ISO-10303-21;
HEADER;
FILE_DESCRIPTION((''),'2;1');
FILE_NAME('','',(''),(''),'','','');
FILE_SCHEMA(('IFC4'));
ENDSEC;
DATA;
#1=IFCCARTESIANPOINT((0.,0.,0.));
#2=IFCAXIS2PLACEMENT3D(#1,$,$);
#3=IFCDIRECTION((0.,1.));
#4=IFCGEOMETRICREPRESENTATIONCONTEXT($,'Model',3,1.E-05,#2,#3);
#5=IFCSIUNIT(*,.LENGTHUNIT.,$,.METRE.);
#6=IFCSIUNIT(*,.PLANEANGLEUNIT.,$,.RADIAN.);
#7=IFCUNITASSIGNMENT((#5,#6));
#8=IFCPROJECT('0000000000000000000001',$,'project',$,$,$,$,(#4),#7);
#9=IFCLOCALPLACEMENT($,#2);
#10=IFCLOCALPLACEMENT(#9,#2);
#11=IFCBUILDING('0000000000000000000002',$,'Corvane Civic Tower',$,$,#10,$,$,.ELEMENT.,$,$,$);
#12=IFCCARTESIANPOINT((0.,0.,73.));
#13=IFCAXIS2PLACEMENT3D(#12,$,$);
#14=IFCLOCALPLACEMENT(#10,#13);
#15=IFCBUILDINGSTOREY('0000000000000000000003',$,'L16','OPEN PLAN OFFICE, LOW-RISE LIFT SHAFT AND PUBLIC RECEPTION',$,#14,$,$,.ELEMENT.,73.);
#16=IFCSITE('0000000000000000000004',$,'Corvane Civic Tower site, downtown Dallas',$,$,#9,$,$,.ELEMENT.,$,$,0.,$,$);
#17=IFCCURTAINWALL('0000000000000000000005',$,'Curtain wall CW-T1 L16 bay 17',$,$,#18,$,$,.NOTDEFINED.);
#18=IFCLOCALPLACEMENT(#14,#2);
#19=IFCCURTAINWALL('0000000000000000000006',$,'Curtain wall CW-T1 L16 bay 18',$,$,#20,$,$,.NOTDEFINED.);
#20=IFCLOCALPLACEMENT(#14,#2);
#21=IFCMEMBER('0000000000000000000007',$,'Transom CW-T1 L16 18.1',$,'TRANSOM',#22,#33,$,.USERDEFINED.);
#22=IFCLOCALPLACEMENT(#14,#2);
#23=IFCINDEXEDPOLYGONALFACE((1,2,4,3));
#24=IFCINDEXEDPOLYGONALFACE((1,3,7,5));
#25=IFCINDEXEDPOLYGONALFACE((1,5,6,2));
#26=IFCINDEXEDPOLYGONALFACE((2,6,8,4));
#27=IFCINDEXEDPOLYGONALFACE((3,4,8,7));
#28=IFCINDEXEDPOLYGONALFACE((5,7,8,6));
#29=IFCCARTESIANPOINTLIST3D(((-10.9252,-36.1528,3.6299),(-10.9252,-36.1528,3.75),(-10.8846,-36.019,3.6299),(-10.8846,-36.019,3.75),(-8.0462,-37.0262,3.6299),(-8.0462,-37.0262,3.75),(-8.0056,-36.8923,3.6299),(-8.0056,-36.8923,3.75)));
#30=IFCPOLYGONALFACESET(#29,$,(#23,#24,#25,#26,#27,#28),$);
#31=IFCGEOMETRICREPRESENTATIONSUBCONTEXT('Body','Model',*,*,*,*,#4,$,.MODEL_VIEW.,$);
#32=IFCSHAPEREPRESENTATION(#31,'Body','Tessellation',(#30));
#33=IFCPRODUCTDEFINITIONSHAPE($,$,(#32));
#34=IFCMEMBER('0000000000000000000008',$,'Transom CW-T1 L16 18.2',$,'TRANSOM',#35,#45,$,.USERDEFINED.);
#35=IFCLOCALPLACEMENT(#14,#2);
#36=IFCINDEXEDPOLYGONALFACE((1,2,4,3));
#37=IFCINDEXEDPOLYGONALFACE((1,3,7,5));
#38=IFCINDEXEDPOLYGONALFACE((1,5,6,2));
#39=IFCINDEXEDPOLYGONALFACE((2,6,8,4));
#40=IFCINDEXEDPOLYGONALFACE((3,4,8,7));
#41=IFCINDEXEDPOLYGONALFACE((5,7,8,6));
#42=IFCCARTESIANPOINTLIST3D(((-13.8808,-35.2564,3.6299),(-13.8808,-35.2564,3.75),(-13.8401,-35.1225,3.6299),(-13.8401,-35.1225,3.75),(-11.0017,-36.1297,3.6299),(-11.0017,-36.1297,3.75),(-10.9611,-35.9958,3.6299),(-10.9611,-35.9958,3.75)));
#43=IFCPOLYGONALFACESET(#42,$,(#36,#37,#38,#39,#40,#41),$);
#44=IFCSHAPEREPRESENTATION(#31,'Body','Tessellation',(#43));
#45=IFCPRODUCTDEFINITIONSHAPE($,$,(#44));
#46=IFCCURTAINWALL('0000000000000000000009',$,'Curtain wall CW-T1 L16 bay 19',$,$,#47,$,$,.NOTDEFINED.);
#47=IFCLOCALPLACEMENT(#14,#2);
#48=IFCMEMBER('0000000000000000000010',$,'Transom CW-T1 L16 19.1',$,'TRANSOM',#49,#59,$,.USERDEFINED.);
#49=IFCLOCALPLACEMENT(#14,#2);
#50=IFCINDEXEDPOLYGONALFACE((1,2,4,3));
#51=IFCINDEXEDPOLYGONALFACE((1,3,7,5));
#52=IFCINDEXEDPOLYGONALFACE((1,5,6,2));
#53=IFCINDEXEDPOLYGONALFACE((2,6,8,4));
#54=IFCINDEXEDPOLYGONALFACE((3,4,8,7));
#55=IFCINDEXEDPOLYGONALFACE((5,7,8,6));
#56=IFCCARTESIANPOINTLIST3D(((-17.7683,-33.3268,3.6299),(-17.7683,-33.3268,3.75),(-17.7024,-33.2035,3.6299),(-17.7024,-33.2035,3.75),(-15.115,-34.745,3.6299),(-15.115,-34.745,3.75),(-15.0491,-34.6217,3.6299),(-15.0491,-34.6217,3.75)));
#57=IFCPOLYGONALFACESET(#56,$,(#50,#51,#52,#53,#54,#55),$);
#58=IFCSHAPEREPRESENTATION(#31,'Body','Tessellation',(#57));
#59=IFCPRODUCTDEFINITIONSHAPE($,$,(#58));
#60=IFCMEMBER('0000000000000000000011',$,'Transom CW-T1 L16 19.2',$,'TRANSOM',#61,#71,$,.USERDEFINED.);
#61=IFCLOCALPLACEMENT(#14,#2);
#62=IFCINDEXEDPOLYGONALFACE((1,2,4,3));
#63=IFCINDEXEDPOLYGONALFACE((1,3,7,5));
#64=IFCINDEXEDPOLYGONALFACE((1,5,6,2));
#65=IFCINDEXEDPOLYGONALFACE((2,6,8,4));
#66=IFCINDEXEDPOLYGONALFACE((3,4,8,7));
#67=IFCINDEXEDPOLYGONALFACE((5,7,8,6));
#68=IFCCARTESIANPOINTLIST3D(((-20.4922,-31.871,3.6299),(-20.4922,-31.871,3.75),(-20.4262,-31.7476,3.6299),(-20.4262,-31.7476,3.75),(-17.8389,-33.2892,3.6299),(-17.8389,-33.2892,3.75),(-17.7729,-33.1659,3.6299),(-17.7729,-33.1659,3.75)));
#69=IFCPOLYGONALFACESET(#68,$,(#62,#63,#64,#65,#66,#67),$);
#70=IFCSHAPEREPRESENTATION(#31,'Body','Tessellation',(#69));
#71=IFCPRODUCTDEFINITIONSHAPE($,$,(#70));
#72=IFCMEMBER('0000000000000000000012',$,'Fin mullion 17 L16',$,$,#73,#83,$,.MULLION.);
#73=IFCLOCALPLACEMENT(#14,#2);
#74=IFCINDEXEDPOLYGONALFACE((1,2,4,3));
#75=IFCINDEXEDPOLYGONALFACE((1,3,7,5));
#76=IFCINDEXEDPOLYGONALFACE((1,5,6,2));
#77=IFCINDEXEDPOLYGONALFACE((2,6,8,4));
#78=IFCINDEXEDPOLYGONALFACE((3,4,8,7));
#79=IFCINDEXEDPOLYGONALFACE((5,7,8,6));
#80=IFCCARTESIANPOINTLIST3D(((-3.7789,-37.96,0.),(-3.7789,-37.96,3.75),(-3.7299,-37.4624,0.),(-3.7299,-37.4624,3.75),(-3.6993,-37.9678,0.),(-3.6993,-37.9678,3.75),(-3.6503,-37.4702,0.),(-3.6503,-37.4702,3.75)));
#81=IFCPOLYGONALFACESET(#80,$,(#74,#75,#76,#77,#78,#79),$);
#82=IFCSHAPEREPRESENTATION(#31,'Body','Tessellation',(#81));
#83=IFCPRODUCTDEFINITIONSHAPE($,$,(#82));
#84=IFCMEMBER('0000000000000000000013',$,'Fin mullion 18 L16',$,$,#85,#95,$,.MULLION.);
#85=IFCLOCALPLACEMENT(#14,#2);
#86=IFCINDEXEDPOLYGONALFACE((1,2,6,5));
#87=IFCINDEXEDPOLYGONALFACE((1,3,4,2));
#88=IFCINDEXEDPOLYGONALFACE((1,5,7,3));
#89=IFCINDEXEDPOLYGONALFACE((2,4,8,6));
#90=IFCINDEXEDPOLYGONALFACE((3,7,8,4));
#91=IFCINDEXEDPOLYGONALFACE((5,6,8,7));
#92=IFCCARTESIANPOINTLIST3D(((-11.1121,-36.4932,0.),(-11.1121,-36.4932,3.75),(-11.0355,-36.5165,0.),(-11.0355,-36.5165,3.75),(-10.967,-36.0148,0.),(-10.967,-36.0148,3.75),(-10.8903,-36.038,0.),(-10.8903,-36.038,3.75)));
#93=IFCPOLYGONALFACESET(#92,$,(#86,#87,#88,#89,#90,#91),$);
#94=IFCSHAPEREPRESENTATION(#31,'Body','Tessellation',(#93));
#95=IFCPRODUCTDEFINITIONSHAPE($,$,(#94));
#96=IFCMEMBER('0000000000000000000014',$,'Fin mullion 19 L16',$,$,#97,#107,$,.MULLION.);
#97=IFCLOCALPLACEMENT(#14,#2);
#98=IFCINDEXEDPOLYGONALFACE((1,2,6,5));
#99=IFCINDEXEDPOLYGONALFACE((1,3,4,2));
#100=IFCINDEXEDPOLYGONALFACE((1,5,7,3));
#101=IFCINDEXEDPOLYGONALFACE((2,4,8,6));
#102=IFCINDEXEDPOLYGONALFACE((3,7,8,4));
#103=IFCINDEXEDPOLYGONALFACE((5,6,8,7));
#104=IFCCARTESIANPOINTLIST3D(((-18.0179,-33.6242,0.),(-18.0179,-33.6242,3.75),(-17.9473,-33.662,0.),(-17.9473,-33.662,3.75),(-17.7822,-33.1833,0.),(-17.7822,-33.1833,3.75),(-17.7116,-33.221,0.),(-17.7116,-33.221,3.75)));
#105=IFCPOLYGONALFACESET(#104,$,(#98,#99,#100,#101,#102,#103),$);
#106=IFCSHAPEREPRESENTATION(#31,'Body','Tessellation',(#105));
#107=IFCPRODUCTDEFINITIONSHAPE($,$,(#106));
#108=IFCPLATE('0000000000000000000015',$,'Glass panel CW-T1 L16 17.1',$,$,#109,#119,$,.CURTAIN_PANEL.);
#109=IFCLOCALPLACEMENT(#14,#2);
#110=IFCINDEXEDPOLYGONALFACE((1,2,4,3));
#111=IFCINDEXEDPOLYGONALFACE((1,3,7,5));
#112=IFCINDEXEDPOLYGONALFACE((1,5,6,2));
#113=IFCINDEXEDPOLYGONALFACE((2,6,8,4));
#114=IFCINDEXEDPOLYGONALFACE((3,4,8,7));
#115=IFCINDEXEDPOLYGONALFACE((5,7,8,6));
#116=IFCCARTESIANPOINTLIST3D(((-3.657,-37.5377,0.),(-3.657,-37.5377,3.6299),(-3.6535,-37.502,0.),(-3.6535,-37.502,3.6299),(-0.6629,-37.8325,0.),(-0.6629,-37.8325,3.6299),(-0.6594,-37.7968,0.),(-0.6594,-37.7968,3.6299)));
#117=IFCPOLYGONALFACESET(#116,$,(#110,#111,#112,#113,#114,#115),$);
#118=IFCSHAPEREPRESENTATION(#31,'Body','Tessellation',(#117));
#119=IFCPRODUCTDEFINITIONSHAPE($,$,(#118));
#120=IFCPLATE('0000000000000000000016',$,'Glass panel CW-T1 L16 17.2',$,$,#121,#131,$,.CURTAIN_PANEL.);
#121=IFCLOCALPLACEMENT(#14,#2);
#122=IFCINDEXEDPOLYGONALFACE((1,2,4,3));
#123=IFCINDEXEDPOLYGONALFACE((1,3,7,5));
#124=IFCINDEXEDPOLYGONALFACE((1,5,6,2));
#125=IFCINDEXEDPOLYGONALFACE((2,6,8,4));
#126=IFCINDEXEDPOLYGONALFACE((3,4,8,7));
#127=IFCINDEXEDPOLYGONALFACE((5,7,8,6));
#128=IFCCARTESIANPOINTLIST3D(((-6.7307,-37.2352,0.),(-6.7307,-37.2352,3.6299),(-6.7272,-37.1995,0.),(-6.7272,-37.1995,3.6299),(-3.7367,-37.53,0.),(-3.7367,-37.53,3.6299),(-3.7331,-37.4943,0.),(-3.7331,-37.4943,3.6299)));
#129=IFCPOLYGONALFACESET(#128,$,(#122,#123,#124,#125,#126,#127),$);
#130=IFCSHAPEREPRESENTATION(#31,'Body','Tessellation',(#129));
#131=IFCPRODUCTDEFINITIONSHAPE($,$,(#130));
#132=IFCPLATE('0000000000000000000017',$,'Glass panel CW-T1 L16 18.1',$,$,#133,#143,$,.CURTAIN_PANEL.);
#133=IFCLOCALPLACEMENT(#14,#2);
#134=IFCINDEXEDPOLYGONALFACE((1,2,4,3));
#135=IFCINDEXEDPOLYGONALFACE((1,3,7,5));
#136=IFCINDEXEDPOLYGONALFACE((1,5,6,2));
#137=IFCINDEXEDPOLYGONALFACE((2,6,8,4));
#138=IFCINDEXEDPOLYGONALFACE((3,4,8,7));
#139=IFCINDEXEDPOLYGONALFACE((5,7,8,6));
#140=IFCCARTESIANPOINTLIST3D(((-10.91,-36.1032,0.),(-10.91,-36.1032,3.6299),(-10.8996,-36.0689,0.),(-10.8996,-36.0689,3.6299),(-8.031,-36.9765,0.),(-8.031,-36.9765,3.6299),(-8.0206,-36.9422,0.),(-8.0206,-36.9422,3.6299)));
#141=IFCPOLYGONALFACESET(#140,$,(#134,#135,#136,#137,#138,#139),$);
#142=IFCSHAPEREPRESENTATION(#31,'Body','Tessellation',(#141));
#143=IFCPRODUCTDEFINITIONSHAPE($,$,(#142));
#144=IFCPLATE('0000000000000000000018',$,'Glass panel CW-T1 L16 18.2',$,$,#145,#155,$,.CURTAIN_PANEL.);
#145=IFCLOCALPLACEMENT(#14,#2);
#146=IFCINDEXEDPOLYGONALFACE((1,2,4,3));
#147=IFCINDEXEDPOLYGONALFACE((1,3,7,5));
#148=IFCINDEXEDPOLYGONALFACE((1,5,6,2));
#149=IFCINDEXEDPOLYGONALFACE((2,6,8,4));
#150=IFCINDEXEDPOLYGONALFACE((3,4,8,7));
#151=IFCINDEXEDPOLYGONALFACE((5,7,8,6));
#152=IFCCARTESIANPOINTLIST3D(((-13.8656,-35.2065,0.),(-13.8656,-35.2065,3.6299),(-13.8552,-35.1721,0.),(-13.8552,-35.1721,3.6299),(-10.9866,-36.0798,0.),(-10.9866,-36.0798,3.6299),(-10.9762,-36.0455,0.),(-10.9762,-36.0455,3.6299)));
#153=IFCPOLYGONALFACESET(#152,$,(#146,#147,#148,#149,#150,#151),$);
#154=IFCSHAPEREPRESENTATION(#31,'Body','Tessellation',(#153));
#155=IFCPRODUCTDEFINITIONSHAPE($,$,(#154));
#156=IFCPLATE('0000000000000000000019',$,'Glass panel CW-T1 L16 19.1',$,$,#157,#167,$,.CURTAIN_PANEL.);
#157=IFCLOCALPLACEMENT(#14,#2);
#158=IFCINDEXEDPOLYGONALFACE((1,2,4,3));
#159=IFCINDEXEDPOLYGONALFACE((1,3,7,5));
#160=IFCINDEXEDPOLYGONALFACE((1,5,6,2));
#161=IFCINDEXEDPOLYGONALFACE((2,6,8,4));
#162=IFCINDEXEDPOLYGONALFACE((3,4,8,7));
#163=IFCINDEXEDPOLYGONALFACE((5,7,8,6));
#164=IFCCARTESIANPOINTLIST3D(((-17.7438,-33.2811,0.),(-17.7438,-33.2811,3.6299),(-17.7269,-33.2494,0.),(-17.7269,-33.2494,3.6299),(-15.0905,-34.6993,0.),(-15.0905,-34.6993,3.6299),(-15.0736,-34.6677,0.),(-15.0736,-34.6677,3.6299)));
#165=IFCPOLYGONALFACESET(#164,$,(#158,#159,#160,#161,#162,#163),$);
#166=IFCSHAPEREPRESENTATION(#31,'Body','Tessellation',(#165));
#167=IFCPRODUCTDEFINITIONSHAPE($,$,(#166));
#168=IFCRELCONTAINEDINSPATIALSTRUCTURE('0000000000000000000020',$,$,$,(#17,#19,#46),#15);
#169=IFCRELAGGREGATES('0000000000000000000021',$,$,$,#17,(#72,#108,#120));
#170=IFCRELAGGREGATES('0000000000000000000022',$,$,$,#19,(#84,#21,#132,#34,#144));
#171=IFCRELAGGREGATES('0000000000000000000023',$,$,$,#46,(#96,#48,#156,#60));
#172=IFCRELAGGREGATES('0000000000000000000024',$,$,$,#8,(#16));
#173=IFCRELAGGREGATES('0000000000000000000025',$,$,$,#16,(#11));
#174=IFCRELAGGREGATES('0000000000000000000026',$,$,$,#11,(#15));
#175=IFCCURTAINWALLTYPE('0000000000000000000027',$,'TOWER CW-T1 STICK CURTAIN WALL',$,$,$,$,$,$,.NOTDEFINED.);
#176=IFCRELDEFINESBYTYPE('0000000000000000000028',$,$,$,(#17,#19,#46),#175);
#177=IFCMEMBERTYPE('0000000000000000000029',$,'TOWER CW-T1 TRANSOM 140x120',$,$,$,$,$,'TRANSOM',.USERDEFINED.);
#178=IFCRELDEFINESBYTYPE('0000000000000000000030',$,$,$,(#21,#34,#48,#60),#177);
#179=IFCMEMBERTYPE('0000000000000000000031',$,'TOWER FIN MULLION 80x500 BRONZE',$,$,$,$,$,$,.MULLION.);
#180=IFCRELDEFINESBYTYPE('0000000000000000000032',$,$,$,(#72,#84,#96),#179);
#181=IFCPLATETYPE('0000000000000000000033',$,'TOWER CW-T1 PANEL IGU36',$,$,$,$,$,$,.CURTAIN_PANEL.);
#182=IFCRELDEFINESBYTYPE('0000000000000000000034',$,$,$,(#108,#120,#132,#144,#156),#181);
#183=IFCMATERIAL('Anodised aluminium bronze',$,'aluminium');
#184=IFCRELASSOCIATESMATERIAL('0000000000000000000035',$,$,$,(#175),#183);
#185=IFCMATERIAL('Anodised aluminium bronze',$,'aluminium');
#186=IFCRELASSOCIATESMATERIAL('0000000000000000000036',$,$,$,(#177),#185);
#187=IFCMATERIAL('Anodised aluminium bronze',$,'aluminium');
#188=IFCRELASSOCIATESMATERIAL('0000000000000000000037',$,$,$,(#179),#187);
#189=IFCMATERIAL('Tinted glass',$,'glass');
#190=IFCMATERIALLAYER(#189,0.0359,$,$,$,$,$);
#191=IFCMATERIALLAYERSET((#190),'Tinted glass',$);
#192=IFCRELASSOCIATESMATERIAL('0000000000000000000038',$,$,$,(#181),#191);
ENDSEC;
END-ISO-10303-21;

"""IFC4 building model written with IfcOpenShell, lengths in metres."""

from ifc_helpers import new_model, si_unit, direction, frame, origin, origin_2d, place, context, subcontext, project, spatial, rectangle, extrude, material, layer, layer_set, material_profile, profile_set, type_object, element, aggregate, save


model = new_model("IFC4")

# Units and contexts
model_context = context("Model", 3, precision=1e-05, world=origin(), true_north=direction((0.0, 1.0)))
body_context = subcontext(model_context, "Body", "Model", "MODEL_VIEW")
ifc_project = project(units=[si_unit("LENGTHUNIT", "METRE"), si_unit("PLANEANGLEUNIT", "RADIAN")], contexts=[model_context])

# Site, building, storey
site_placement = place(None, origin())
site = spatial("IfcSite", under=ifc_project, at=site_placement, Name="Corvane Civic Tower site, downtown Dallas", CompositionType="ELEMENT", RefElevation=0.0)
building_placement = place(site_placement, origin())
building = spatial("IfcBuilding", under=site, at=building_placement, Name="Corvane Civic Tower", CompositionType="ELEMENT")
storey_placement = place(building_placement, frame((0.0, 0.0, 73.0)))
storey = spatial("IfcBuildingStorey", under=building, at=storey_placement, Name="L16", Description="OPEN PLAN OFFICE, LOW-RISE LIFT SHAFT AND PUBLIC RECEPTION", CompositionType="ELEMENT", Elevation=73.0)

# Curtain walls, members
ifc_material_1 = material(Name="Anodised aluminium bronze", Category="aluminium")
curtain_wall_type = type_object("IfcCurtainWallType", Name="TOWER CW-T1 STICK CURTAIN WALL", PredefinedType="NOTDEFINED", material=ifc_material_1)
curtain_wall_1_placement = place(storey_placement, origin())
curtain_wall_1 = element("IfcCurtainWall", 1, at=curtain_wall_1_placement, inside=storey, type_object=curtain_wall_type, Name="Curtain wall CW-T1 L16 bay 17", PredefinedType="NOTDEFINED")
ifc_material_2 = material(Name="Anodised aluminium bronze", Category="aluminium")
ifc_material_profile_1 = material_profile(ifc_material_2, rectangle(XDim=0.1399, YDim=0.1201, at=origin_2d()), Name="TOWER CW-T1 TRANSOM 140x120")
ifc_profile_set_1 = profile_set([ifc_material_profile_1], Name="Anodised aluminium bronze")
member_type_1 = type_object("IfcMemberType", Name="TOWER CW-T1 TRANSOM 140x120", ElementType="TRANSOM", PredefinedType="USERDEFINED", material=ifc_profile_set_1)
curtain_wall_2_placement = place(storey_placement, origin())
curtain_wall_2 = element("IfcCurtainWall", 2, at=curtain_wall_2_placement, inside=storey, type_object=curtain_wall_type, Name="Curtain wall CW-T1 L16 bay 18", PredefinedType="NOTDEFINED")
member_1_placement = place(storey_placement, frame((-8.0259, -36.9592, 3.6899), z_axis=(-0.956942, 0.29028, 0.0), x_axis=(-0.29028, -0.956942, 0.0)))
member_1 = element("IfcMember", 3, at=member_1_placement, type_object=member_type_1, Name="Transom CW-T1 L16 18.1", ObjectType="TRANSOM", PredefinedType="USERDEFINED", context=body_context, shape_type="SweptSolid", body=[
    extrude(rectangle(XDim=0.1399, YDim=0.1201, at=origin_2d()), origin(), (0.0, 0.0, 1.0), 3.0085),
])
member_2_placement = place(storey_placement, frame((-10.9814, -36.0627, 3.6899), z_axis=(-0.956942, 0.29028, 0.0), x_axis=(-0.29028, -0.956942, 0.0)))
member_2 = element("IfcMember", 4, at=member_2_placement, type_object=member_type_1, Name="Transom CW-T1 L16 18.2", ObjectType="TRANSOM", PredefinedType="USERDEFINED", context=body_context, shape_type="SweptSolid", body=[
    extrude(rectangle(XDim=0.1399, YDim=0.1201, at=origin_2d()), origin(), (0.0, 0.0, 1.0), 3.0085),
])
curtain_wall_3_placement = place(storey_placement, origin())
curtain_wall_3 = element("IfcCurtainWall", 5, at=curtain_wall_3_placement, inside=storey, type_object=curtain_wall_type, Name="Curtain wall CW-T1 L16 bay 19", PredefinedType="NOTDEFINED")
member_3_placement = place(storey_placement, frame((-15.082, -34.6833, 3.6899), z_axis=(-0.881924, 0.471393, 0.0), x_axis=(-0.471393, -0.881924, 0.0)))
member_3 = element("IfcMember", 6, at=member_3_placement, type_object=member_type_1, Name="Transom CW-T1 L16 19.1", ObjectType="TRANSOM", PredefinedType="USERDEFINED", context=body_context, shape_type="SweptSolid", body=[
    extrude(rectangle(XDim=0.1399, YDim=0.1201, at=origin_2d()), origin(), (0.0, 0.0, 1.0), 3.0085),
])
member_4_placement = place(storey_placement, frame((-17.8059, -33.2275, 3.6899), z_axis=(-0.881924, 0.471393, 0.0), x_axis=(-0.471393, -0.881924, 0.0)))
member_4 = element("IfcMember", 7, at=member_4_placement, type_object=member_type_1, Name="Transom CW-T1 L16 19.2", ObjectType="TRANSOM", PredefinedType="USERDEFINED", context=body_context, shape_type="SweptSolid", body=[
    extrude(rectangle(XDim=0.1399, YDim=0.1201, at=origin_2d()), origin(), (0.0, 0.0, 1.0), 3.0085),
])

# Members
ifc_material_3 = material(Name="Anodised aluminium bronze", Category="aluminium")
ifc_material_profile_2 = material_profile(ifc_material_3, rectangle(XDim=0.0801, YDim=0.5, at=origin_2d()), Name="TOWER FIN MULLION 80x500 BRONZE")
ifc_profile_set_2 = profile_set([ifc_material_profile_2], Name="Anodised aluminium bronze")
member_type_2 = type_object("IfcMemberType", Name="TOWER FIN MULLION 80x500 BRONZE", PredefinedType="MULLION", material=ifc_profile_set_2)
member_5_placement = place(storey_placement, frame((-3.7146, -37.7151, 0.0), z_axis=(0.0, 0.0, 1.0), x_axis=(-0.995186, 0.098006, 0.0)))
member_5 = element("IfcMember", 8, at=member_5_placement, type_object=member_type_2, Name="Fin mullion 17 L16", PredefinedType="MULLION", context=body_context, shape_type="SweptSolid", body=[
    extrude(rectangle(XDim=0.0801, YDim=0.5, at=origin_2d()), origin(), (0.0, 0.0, 1.0), 3.75),
])
member_6_placement = place(storey_placement, frame((-11.0012, -36.2656, 0.0), z_axis=(0.0, 0.0, 1.0), x_axis=(-0.956942, 0.290278, 0.0)))
member_6 = element("IfcMember", 9, at=member_6_placement, type_object=member_type_2, Name="Fin mullion 18 L16", PredefinedType="MULLION", context=body_context, shape_type="SweptSolid", body=[
    extrude(rectangle(XDim=0.0801, YDim=0.5, at=origin_2d()), origin(), (0.0, 0.0, 1.0), 3.75),
])
member_7_placement = place(storey_placement, frame((-17.8647, -33.4226, 0.0), z_axis=(0.0, 0.0, 1.0), x_axis=(-0.881918, 0.471404, 0.0)))
member_7 = element("IfcMember", 10, at=member_7_placement, type_object=member_type_2, Name="Fin mullion 19 L16", PredefinedType="MULLION", context=body_context, shape_type="SweptSolid", body=[
    extrude(rectangle(XDim=0.0801, YDim=0.5, at=origin_2d()), origin(), (0.0, 0.0, 1.0), 3.75),
])

# Plates
ifc_material_4 = material(Name="Tinted glass", Category="glass")
ifc_layer_1 = layer(ifc_material_4, 0.0359)
ifc_layer_set_1 = layer_set([ifc_layer_1], Name="Tinted glass")
plate_type = type_object("IfcPlateType", Name="TOWER CW-T1 PANEL IGU36", PredefinedType="CURTAIN_PANEL", material=ifc_layer_set_1)
plate_1_placement = place(storey_placement, frame((-2.1582, -37.6672, 0.0), z_axis=(0.0, 0.0, 1.0), x_axis=(-0.995186, 0.098006, 0.0)))
plate_1 = element("IfcPlate", 11, at=plate_1_placement, type_object=plate_type, Name="Glass panel CW-T1 L16 17.1", PredefinedType="CURTAIN_PANEL", context=body_context, shape_type="SweptSolid", body=[
    extrude(rectangle(XDim=3.0085, YDim=0.0359, at=origin_2d()), origin(), (0.0, 0.0, 1.0), 3.6299),
])
plate_2_placement = place(storey_placement, frame((-5.2319, -37.3647, 0.0), z_axis=(0.0, 0.0, 1.0), x_axis=(-0.995186, 0.098006, 0.0)))
plate_2 = element("IfcPlate", 12, at=plate_2_placement, type_object=plate_type, Name="Glass panel CW-T1 L16 17.2", PredefinedType="CURTAIN_PANEL", context=body_context, shape_type="SweptSolid", body=[
    extrude(rectangle(XDim=3.0085, YDim=0.0359, at=origin_2d()), origin(), (0.0, 0.0, 1.0), 3.6299),
])
aggregate(curtain_wall_1, [member_5, plate_1, plate_2])
plate_3_placement = place(storey_placement, frame((-9.4653, -36.5227, 0.0), z_axis=(0.0, 0.0, 1.0), x_axis=(-0.956942, 0.290278, 0.0)))
plate_3 = element("IfcPlate", 13, at=plate_3_placement, type_object=plate_type, Name="Glass panel CW-T1 L16 18.1", PredefinedType="CURTAIN_PANEL", context=body_context, shape_type="SweptSolid", body=[
    extrude(rectangle(XDim=3.0085, YDim=0.0359, at=origin_2d()), origin(), (0.0, 0.0, 1.0), 3.6299),
])
plate_4_placement = place(storey_placement, frame((-12.4209, -35.626, 0.0), z_axis=(0.0, 0.0, 1.0), x_axis=(-0.956942, 0.290278, 0.0)))
plate_4 = element("IfcPlate", 14, at=plate_4_placement, type_object=plate_type, Name="Glass panel CW-T1 L16 18.2", PredefinedType="CURTAIN_PANEL", context=body_context, shape_type="SweptSolid", body=[
    extrude(rectangle(XDim=3.0085, YDim=0.0359, at=origin_2d()), origin(), (0.0, 0.0, 1.0), 3.6299),
])
aggregate(curtain_wall_2, [member_6, member_1, plate_3, member_2, plate_4])
plate_5_placement = place(storey_placement, frame((-16.4087, -33.9744, 0.0), z_axis=(0.0, 0.0, 1.0), x_axis=(-0.881918, 0.471404, 0.0)))
plate_5 = element("IfcPlate", 15, at=plate_5_placement, type_object=plate_type, Name="Glass panel CW-T1 L16 19.1", PredefinedType="CURTAIN_PANEL", context=body_context, shape_type="SweptSolid", body=[
    extrude(rectangle(XDim=3.0085, YDim=0.0359, at=origin_2d()), origin(), (0.0, 0.0, 1.0), 3.6299),
])
aggregate(curtain_wall_3, [member_7, member_3, plate_5, member_4])

save(model, "model.ifc")
